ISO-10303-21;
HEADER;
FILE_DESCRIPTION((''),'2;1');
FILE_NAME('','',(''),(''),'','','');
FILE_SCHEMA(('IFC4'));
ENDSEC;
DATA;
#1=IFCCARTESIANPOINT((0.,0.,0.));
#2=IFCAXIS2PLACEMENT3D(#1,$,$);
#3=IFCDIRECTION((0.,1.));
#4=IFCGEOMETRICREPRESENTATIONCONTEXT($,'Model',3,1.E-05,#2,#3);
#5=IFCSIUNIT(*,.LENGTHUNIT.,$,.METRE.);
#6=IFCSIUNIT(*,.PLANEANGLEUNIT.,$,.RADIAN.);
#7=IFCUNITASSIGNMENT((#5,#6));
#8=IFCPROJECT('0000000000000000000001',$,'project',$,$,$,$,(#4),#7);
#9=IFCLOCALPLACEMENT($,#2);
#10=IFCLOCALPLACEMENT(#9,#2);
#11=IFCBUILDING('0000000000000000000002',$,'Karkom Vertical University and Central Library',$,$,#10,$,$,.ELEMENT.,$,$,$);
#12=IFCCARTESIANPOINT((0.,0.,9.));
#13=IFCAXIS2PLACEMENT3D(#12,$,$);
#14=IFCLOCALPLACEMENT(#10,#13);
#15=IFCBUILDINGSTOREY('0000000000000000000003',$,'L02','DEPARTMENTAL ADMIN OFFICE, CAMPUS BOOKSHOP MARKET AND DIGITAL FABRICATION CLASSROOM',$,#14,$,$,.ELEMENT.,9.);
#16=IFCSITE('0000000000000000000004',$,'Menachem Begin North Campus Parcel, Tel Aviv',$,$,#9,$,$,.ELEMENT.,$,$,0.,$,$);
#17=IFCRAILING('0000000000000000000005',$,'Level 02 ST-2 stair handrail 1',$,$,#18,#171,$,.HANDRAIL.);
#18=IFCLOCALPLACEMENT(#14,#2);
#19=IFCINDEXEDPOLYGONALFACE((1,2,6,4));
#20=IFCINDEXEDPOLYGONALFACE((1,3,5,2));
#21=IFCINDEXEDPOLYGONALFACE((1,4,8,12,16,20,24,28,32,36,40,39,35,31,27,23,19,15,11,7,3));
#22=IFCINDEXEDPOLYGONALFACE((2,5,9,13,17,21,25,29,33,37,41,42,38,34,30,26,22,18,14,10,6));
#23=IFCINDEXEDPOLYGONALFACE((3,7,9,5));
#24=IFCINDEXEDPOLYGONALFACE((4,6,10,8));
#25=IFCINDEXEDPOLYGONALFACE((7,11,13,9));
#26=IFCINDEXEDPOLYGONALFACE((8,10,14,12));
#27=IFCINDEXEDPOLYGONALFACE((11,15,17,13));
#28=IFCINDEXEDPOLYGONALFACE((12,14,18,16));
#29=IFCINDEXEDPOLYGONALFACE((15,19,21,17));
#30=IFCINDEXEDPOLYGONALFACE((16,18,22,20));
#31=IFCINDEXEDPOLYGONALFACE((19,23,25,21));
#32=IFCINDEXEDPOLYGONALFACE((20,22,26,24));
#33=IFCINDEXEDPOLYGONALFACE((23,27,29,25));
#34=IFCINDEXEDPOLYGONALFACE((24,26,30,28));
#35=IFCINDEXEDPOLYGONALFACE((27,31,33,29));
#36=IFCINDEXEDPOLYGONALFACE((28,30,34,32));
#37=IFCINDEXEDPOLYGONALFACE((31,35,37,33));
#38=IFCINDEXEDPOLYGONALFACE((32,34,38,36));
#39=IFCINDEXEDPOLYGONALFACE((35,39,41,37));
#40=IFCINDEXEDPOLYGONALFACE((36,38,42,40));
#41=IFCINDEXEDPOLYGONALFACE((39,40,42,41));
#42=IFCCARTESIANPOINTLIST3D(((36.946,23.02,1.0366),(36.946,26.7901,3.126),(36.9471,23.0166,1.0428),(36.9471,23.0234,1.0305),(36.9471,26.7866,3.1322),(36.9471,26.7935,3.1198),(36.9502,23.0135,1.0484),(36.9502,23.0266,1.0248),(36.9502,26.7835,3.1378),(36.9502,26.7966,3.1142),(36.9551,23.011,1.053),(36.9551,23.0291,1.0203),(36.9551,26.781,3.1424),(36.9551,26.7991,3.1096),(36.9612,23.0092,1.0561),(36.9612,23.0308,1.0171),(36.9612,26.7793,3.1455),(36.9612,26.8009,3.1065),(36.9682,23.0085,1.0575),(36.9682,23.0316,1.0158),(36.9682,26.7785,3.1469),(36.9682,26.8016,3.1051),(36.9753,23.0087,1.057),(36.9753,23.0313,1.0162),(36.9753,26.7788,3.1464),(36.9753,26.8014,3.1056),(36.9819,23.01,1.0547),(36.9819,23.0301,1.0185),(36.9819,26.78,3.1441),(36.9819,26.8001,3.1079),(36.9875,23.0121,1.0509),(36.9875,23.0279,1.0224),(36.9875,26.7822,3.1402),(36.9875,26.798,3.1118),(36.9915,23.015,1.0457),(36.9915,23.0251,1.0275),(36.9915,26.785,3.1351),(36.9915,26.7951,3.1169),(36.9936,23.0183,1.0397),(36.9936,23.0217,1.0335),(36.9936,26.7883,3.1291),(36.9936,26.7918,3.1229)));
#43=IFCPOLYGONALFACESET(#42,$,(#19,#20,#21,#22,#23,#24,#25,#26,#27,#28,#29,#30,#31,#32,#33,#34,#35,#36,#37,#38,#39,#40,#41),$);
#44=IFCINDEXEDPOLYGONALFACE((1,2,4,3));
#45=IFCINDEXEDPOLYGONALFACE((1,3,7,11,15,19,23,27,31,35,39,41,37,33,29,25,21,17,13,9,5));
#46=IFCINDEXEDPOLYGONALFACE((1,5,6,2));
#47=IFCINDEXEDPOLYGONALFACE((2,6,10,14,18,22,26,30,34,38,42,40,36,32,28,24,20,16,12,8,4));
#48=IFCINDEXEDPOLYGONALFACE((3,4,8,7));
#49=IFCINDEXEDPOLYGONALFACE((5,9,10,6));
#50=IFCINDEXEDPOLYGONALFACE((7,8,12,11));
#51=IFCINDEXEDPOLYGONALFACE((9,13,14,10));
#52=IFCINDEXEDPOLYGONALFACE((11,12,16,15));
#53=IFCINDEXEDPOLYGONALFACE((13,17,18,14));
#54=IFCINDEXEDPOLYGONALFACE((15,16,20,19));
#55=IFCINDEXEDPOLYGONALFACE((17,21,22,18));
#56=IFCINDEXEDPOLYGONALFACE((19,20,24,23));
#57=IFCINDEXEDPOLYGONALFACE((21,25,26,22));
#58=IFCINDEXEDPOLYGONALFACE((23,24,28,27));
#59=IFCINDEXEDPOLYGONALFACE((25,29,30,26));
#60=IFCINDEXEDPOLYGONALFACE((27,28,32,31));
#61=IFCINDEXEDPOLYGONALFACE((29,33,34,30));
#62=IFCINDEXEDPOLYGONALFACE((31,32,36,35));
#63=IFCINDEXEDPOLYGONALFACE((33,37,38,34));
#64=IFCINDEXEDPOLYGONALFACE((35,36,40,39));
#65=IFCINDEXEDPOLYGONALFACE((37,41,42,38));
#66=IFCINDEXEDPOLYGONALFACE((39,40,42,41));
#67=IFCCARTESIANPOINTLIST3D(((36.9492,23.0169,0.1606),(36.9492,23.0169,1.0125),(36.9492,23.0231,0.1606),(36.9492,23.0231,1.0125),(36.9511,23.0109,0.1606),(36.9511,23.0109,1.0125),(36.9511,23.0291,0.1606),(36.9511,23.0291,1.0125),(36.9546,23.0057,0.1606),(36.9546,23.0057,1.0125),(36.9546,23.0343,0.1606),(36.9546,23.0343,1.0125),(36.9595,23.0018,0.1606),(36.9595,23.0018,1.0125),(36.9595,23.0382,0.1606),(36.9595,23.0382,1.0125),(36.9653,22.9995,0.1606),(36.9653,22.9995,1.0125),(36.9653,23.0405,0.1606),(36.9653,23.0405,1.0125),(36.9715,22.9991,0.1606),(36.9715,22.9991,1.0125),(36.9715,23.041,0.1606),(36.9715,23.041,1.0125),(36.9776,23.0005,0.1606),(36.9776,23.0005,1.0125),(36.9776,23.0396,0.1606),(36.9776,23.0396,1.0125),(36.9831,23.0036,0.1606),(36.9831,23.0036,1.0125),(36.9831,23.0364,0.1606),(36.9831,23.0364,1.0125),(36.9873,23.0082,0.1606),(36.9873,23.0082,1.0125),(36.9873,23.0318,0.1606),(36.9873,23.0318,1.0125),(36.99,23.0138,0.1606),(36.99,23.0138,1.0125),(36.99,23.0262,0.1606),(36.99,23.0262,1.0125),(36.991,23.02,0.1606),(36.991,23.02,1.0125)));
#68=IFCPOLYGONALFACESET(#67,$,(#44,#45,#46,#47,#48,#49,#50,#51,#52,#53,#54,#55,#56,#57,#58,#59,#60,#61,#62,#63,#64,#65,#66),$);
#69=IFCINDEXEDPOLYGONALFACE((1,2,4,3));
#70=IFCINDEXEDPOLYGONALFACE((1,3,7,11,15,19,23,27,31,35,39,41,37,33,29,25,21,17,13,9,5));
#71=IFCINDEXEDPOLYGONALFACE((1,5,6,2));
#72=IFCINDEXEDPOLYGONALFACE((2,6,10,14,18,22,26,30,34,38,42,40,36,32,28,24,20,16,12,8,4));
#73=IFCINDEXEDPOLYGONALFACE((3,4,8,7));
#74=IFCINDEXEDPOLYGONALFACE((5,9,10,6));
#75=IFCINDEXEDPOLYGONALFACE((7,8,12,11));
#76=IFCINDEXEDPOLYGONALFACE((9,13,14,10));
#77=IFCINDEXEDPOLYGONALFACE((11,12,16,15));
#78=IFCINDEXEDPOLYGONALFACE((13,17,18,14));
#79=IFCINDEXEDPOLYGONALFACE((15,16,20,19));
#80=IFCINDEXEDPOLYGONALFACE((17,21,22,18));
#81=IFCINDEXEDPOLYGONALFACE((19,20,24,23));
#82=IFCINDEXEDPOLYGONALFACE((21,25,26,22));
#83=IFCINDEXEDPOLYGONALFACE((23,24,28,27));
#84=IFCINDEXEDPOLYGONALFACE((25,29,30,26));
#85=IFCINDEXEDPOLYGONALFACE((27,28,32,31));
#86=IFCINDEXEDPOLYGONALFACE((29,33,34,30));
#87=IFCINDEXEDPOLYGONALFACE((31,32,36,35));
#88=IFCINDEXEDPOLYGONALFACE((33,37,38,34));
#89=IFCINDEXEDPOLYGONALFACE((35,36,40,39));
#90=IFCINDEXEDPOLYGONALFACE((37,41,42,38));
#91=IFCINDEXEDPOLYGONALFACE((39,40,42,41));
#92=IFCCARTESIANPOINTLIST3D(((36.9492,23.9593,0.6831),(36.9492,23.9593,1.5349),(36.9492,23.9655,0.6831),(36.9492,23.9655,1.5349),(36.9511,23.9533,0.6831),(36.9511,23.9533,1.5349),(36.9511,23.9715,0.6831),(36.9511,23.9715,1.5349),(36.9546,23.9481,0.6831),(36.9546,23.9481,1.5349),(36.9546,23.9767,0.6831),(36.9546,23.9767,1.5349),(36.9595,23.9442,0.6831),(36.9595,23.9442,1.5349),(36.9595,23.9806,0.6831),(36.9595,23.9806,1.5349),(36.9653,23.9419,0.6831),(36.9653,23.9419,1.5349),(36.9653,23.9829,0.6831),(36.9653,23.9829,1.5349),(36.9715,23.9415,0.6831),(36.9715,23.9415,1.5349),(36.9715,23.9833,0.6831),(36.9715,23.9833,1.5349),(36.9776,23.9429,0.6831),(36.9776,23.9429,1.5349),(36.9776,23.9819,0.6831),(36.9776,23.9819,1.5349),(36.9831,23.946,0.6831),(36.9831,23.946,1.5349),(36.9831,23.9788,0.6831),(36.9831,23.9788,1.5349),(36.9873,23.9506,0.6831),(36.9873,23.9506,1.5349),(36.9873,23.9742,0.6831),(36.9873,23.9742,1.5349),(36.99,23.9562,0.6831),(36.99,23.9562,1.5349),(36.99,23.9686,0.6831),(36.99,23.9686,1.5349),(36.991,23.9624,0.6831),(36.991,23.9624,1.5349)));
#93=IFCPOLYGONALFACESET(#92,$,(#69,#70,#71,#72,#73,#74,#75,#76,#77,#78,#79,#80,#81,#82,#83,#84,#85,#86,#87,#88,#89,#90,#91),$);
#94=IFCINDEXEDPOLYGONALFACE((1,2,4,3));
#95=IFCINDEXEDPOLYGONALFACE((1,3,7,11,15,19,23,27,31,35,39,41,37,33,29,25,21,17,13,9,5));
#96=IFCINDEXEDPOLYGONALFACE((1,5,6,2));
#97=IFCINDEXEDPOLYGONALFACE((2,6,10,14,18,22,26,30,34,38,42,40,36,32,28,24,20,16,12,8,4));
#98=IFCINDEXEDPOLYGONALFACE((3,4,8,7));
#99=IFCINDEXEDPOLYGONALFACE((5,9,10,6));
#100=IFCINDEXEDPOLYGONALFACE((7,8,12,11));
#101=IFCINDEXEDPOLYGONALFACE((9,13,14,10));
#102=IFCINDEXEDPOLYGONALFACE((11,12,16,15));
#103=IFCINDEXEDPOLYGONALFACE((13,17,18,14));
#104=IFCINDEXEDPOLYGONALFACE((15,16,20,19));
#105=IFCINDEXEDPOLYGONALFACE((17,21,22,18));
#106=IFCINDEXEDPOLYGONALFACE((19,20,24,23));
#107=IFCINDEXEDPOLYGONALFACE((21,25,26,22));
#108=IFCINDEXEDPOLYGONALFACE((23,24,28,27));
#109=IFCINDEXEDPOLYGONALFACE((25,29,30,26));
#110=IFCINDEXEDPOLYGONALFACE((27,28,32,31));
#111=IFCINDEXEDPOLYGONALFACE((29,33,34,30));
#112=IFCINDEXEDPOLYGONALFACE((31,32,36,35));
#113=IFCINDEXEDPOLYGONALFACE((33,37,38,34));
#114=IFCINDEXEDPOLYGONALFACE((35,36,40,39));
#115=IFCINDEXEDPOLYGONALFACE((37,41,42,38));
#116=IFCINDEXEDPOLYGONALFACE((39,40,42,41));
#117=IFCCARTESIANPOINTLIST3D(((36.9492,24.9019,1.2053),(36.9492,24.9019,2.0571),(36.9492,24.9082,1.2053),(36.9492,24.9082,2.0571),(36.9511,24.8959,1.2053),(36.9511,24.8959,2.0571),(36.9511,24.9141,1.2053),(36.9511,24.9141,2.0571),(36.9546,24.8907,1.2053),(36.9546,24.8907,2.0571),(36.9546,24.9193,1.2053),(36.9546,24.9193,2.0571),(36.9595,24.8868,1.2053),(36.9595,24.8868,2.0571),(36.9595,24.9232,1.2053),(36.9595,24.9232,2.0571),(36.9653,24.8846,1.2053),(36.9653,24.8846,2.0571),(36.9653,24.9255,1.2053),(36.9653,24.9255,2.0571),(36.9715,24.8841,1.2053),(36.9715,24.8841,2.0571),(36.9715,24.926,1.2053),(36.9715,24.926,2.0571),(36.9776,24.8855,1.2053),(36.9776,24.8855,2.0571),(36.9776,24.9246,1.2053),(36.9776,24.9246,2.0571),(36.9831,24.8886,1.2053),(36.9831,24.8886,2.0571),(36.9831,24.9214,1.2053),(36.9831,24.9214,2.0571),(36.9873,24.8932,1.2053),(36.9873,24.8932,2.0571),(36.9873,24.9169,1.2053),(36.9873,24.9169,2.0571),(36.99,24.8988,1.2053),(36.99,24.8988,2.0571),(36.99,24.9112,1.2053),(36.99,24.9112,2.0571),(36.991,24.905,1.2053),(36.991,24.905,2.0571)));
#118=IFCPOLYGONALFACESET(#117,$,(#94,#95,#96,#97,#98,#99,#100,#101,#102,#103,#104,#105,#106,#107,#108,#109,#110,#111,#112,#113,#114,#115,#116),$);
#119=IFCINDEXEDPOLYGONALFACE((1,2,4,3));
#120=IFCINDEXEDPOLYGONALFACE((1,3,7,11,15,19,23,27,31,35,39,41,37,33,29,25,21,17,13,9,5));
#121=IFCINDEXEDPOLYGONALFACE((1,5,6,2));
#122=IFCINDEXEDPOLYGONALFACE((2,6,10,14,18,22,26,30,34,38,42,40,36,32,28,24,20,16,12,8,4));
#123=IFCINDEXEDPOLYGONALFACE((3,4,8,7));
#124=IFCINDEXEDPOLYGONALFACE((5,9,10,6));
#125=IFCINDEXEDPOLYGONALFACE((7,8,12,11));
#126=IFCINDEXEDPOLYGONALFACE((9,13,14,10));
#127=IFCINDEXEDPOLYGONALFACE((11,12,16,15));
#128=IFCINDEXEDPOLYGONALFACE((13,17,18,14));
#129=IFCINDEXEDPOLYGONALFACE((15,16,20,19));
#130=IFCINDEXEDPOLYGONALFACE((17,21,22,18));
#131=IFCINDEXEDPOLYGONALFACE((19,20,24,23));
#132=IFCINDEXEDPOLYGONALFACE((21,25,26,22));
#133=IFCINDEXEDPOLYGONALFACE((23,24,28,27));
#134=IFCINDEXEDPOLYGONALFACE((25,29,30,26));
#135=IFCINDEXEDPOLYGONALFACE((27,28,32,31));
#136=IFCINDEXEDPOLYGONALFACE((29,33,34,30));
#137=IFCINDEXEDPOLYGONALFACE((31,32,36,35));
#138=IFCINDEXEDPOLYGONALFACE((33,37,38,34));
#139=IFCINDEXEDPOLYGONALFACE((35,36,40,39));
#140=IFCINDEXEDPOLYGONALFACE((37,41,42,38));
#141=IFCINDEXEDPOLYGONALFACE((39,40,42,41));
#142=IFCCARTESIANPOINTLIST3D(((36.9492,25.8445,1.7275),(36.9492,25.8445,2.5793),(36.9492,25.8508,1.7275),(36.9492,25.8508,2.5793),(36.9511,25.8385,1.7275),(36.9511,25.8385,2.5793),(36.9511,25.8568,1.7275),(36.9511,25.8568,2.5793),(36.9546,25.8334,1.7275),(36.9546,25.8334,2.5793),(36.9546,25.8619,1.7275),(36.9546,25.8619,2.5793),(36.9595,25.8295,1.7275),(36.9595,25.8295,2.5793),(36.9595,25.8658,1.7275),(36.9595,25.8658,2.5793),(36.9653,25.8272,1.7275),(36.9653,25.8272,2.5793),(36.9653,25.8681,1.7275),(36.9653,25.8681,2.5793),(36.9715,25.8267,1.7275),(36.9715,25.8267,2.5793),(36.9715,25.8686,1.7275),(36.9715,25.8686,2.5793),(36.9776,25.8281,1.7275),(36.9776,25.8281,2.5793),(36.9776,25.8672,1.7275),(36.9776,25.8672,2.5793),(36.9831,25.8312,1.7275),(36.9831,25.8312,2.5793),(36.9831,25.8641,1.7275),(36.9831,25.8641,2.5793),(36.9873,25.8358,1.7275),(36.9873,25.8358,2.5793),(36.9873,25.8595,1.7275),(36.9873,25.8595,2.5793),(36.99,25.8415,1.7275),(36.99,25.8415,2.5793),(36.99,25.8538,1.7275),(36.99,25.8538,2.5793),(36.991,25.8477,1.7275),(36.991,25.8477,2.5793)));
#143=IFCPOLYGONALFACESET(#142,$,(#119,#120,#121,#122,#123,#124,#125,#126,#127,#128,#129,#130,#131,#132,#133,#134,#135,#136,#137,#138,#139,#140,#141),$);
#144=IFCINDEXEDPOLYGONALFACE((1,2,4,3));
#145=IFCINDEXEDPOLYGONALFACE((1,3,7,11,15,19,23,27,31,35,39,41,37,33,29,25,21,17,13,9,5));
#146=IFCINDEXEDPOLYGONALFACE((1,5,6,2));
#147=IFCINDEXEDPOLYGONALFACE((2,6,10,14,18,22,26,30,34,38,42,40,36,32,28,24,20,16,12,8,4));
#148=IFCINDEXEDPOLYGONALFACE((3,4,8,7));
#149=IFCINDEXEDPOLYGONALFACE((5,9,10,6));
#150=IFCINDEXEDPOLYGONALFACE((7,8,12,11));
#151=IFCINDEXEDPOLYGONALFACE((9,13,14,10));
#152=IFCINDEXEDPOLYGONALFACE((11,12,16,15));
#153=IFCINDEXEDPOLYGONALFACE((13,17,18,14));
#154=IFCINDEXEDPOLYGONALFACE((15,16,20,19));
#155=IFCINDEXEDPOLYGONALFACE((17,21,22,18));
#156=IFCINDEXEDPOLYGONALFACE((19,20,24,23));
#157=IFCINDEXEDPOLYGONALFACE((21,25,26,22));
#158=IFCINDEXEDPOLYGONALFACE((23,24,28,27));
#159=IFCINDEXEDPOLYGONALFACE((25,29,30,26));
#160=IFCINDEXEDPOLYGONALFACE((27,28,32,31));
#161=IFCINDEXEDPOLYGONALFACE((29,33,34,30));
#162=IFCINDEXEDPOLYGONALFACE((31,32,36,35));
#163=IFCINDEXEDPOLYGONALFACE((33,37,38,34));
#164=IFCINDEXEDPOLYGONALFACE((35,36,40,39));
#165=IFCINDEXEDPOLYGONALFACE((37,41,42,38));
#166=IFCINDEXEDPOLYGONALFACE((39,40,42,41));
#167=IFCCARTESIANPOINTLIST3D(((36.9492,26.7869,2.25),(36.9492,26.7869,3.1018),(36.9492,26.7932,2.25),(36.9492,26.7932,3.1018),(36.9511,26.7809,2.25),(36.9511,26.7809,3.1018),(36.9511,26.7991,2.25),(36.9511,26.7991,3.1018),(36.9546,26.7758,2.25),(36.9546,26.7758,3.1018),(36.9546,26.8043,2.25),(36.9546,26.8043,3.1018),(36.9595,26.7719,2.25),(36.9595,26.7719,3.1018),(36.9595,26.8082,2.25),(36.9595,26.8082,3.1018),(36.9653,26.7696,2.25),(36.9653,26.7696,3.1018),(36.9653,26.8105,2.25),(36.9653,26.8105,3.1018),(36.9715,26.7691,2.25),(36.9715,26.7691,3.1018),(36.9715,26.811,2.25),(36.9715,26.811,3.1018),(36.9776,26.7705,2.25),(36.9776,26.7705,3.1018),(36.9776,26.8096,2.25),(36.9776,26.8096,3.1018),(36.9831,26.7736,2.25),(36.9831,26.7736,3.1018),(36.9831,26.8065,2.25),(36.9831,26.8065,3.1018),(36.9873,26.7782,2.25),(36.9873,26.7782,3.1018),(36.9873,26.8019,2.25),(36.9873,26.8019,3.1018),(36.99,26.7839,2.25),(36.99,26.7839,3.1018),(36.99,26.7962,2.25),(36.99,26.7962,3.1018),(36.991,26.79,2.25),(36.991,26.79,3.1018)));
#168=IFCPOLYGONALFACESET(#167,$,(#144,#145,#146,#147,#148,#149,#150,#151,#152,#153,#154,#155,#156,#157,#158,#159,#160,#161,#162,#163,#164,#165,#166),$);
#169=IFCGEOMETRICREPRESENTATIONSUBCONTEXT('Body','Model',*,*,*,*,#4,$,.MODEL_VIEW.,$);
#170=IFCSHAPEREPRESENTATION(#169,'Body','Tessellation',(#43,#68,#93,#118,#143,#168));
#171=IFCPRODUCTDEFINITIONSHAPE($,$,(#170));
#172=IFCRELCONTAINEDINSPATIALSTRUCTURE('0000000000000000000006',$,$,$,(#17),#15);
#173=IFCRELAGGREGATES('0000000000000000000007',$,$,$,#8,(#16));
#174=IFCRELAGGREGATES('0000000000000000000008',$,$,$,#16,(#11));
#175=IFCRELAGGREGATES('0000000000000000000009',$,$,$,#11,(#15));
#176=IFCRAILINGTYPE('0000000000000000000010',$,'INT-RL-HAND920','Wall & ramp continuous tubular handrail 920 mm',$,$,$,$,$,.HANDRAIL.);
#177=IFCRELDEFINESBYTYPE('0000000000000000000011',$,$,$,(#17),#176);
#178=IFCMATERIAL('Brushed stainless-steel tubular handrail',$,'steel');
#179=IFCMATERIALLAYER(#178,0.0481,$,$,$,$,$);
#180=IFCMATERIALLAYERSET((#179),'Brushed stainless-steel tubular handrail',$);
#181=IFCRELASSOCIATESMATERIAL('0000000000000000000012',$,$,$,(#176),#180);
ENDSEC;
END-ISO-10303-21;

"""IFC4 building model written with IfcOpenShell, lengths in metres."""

from ifc_helpers import new_model, si_unit, direction, frame, origin, origin_2d, place, context, subcontext, project, spatial, circle, extrude, material, layer, layer_set, type_object, element, save


model = new_model("IFC4")

# Units and contexts
model_context = context("Model", 3, precision=1e-05, world=origin(), true_north=direction((0.0, 1.0)))
body_context = subcontext(model_context, "Body", "Model", "MODEL_VIEW")
ifc_project = project(units=[si_unit("LENGTHUNIT", "METRE"), si_unit("PLANEANGLEUNIT", "RADIAN")], contexts=[model_context])

# Site, building, storey
site_placement = place(None, origin())
site = spatial("IfcSite", under=ifc_project, at=site_placement, Name="Menachem Begin North Campus Parcel, Tel Aviv", CompositionType="ELEMENT", RefElevation=0.0)
building_placement = place(site_placement, origin())
building = spatial("IfcBuilding", under=site, at=building_placement, Name="Karkom Vertical University and Central Library", CompositionType="ELEMENT")
storey_placement = place(building_placement, frame((0.0, 0.0, 9.0)))
storey = spatial("IfcBuildingStorey", under=building, at=storey_placement, Name="L02", Description="DEPARTMENTAL ADMIN OFFICE, CAMPUS BOOKSHOP MARKET AND DIGITAL FABRICATION CLASSROOM", CompositionType="ELEMENT", Elevation=9.0)

# Railing
ifc_material_1 = material(Name="Brushed stainless-steel tubular handrail", Category="steel")
ifc_layer_1 = layer(ifc_material_1, 0.0481)
ifc_layer_set_1 = layer_set([ifc_layer_1], Name="Brushed stainless-steel tubular handrail")
railing_type_1 = type_object("IfcRailingType", Name="INT-RL-HAND920", Description="Wall & ramp continuous tubular handrail 920 mm", PredefinedType="HANDRAIL", material=ifc_layer_set_1)
railing_1_placement = place(storey_placement, frame((36.97, 23.02, 0.1606)))
element("IfcRailing", 1, at=railing_1_placement, inside=storey, type_object=railing_type_1, Name="Level 02 ST-2 stair handrail 1", PredefinedType="HANDRAIL", context=body_context, shape_type="SweptSolid", body=[
    extrude(circle(Radius=0.0239, at=origin_2d()), frame((0.0, 0.0, 0.876), z_axis=(0.0, 0.874659, 0.484739), x_axis=(-1.0, 0.0, 0.0)), (0.0, 0.0, 1.0), 4.3103),
    extrude(circle(Radius=0.021, at=origin_2d()), origin(), (0.0, 0.0, 1.0), 0.8518),
    extrude(circle(Radius=0.021, at=origin_2d()), frame((0.0, 0.9424, 0.5225)), (0.0, 0.0, 1.0), 0.8518),
    extrude(circle(Radius=0.021, at=origin_2d()), frame((0.0, 1.885, 1.0447)), (0.0, 0.0, 1.0), 0.8518),
    extrude(circle(Radius=0.021, at=origin_2d()), frame((0.0, 2.8276, 1.5669)), (0.0, 0.0, 1.0), 0.8518),
    extrude(circle(Radius=0.021, at=origin_2d()), frame((0.0, 3.77, 2.0894)), (0.0, 0.0, 1.0), 0.8518),
])

save(model, "model.ifc")
